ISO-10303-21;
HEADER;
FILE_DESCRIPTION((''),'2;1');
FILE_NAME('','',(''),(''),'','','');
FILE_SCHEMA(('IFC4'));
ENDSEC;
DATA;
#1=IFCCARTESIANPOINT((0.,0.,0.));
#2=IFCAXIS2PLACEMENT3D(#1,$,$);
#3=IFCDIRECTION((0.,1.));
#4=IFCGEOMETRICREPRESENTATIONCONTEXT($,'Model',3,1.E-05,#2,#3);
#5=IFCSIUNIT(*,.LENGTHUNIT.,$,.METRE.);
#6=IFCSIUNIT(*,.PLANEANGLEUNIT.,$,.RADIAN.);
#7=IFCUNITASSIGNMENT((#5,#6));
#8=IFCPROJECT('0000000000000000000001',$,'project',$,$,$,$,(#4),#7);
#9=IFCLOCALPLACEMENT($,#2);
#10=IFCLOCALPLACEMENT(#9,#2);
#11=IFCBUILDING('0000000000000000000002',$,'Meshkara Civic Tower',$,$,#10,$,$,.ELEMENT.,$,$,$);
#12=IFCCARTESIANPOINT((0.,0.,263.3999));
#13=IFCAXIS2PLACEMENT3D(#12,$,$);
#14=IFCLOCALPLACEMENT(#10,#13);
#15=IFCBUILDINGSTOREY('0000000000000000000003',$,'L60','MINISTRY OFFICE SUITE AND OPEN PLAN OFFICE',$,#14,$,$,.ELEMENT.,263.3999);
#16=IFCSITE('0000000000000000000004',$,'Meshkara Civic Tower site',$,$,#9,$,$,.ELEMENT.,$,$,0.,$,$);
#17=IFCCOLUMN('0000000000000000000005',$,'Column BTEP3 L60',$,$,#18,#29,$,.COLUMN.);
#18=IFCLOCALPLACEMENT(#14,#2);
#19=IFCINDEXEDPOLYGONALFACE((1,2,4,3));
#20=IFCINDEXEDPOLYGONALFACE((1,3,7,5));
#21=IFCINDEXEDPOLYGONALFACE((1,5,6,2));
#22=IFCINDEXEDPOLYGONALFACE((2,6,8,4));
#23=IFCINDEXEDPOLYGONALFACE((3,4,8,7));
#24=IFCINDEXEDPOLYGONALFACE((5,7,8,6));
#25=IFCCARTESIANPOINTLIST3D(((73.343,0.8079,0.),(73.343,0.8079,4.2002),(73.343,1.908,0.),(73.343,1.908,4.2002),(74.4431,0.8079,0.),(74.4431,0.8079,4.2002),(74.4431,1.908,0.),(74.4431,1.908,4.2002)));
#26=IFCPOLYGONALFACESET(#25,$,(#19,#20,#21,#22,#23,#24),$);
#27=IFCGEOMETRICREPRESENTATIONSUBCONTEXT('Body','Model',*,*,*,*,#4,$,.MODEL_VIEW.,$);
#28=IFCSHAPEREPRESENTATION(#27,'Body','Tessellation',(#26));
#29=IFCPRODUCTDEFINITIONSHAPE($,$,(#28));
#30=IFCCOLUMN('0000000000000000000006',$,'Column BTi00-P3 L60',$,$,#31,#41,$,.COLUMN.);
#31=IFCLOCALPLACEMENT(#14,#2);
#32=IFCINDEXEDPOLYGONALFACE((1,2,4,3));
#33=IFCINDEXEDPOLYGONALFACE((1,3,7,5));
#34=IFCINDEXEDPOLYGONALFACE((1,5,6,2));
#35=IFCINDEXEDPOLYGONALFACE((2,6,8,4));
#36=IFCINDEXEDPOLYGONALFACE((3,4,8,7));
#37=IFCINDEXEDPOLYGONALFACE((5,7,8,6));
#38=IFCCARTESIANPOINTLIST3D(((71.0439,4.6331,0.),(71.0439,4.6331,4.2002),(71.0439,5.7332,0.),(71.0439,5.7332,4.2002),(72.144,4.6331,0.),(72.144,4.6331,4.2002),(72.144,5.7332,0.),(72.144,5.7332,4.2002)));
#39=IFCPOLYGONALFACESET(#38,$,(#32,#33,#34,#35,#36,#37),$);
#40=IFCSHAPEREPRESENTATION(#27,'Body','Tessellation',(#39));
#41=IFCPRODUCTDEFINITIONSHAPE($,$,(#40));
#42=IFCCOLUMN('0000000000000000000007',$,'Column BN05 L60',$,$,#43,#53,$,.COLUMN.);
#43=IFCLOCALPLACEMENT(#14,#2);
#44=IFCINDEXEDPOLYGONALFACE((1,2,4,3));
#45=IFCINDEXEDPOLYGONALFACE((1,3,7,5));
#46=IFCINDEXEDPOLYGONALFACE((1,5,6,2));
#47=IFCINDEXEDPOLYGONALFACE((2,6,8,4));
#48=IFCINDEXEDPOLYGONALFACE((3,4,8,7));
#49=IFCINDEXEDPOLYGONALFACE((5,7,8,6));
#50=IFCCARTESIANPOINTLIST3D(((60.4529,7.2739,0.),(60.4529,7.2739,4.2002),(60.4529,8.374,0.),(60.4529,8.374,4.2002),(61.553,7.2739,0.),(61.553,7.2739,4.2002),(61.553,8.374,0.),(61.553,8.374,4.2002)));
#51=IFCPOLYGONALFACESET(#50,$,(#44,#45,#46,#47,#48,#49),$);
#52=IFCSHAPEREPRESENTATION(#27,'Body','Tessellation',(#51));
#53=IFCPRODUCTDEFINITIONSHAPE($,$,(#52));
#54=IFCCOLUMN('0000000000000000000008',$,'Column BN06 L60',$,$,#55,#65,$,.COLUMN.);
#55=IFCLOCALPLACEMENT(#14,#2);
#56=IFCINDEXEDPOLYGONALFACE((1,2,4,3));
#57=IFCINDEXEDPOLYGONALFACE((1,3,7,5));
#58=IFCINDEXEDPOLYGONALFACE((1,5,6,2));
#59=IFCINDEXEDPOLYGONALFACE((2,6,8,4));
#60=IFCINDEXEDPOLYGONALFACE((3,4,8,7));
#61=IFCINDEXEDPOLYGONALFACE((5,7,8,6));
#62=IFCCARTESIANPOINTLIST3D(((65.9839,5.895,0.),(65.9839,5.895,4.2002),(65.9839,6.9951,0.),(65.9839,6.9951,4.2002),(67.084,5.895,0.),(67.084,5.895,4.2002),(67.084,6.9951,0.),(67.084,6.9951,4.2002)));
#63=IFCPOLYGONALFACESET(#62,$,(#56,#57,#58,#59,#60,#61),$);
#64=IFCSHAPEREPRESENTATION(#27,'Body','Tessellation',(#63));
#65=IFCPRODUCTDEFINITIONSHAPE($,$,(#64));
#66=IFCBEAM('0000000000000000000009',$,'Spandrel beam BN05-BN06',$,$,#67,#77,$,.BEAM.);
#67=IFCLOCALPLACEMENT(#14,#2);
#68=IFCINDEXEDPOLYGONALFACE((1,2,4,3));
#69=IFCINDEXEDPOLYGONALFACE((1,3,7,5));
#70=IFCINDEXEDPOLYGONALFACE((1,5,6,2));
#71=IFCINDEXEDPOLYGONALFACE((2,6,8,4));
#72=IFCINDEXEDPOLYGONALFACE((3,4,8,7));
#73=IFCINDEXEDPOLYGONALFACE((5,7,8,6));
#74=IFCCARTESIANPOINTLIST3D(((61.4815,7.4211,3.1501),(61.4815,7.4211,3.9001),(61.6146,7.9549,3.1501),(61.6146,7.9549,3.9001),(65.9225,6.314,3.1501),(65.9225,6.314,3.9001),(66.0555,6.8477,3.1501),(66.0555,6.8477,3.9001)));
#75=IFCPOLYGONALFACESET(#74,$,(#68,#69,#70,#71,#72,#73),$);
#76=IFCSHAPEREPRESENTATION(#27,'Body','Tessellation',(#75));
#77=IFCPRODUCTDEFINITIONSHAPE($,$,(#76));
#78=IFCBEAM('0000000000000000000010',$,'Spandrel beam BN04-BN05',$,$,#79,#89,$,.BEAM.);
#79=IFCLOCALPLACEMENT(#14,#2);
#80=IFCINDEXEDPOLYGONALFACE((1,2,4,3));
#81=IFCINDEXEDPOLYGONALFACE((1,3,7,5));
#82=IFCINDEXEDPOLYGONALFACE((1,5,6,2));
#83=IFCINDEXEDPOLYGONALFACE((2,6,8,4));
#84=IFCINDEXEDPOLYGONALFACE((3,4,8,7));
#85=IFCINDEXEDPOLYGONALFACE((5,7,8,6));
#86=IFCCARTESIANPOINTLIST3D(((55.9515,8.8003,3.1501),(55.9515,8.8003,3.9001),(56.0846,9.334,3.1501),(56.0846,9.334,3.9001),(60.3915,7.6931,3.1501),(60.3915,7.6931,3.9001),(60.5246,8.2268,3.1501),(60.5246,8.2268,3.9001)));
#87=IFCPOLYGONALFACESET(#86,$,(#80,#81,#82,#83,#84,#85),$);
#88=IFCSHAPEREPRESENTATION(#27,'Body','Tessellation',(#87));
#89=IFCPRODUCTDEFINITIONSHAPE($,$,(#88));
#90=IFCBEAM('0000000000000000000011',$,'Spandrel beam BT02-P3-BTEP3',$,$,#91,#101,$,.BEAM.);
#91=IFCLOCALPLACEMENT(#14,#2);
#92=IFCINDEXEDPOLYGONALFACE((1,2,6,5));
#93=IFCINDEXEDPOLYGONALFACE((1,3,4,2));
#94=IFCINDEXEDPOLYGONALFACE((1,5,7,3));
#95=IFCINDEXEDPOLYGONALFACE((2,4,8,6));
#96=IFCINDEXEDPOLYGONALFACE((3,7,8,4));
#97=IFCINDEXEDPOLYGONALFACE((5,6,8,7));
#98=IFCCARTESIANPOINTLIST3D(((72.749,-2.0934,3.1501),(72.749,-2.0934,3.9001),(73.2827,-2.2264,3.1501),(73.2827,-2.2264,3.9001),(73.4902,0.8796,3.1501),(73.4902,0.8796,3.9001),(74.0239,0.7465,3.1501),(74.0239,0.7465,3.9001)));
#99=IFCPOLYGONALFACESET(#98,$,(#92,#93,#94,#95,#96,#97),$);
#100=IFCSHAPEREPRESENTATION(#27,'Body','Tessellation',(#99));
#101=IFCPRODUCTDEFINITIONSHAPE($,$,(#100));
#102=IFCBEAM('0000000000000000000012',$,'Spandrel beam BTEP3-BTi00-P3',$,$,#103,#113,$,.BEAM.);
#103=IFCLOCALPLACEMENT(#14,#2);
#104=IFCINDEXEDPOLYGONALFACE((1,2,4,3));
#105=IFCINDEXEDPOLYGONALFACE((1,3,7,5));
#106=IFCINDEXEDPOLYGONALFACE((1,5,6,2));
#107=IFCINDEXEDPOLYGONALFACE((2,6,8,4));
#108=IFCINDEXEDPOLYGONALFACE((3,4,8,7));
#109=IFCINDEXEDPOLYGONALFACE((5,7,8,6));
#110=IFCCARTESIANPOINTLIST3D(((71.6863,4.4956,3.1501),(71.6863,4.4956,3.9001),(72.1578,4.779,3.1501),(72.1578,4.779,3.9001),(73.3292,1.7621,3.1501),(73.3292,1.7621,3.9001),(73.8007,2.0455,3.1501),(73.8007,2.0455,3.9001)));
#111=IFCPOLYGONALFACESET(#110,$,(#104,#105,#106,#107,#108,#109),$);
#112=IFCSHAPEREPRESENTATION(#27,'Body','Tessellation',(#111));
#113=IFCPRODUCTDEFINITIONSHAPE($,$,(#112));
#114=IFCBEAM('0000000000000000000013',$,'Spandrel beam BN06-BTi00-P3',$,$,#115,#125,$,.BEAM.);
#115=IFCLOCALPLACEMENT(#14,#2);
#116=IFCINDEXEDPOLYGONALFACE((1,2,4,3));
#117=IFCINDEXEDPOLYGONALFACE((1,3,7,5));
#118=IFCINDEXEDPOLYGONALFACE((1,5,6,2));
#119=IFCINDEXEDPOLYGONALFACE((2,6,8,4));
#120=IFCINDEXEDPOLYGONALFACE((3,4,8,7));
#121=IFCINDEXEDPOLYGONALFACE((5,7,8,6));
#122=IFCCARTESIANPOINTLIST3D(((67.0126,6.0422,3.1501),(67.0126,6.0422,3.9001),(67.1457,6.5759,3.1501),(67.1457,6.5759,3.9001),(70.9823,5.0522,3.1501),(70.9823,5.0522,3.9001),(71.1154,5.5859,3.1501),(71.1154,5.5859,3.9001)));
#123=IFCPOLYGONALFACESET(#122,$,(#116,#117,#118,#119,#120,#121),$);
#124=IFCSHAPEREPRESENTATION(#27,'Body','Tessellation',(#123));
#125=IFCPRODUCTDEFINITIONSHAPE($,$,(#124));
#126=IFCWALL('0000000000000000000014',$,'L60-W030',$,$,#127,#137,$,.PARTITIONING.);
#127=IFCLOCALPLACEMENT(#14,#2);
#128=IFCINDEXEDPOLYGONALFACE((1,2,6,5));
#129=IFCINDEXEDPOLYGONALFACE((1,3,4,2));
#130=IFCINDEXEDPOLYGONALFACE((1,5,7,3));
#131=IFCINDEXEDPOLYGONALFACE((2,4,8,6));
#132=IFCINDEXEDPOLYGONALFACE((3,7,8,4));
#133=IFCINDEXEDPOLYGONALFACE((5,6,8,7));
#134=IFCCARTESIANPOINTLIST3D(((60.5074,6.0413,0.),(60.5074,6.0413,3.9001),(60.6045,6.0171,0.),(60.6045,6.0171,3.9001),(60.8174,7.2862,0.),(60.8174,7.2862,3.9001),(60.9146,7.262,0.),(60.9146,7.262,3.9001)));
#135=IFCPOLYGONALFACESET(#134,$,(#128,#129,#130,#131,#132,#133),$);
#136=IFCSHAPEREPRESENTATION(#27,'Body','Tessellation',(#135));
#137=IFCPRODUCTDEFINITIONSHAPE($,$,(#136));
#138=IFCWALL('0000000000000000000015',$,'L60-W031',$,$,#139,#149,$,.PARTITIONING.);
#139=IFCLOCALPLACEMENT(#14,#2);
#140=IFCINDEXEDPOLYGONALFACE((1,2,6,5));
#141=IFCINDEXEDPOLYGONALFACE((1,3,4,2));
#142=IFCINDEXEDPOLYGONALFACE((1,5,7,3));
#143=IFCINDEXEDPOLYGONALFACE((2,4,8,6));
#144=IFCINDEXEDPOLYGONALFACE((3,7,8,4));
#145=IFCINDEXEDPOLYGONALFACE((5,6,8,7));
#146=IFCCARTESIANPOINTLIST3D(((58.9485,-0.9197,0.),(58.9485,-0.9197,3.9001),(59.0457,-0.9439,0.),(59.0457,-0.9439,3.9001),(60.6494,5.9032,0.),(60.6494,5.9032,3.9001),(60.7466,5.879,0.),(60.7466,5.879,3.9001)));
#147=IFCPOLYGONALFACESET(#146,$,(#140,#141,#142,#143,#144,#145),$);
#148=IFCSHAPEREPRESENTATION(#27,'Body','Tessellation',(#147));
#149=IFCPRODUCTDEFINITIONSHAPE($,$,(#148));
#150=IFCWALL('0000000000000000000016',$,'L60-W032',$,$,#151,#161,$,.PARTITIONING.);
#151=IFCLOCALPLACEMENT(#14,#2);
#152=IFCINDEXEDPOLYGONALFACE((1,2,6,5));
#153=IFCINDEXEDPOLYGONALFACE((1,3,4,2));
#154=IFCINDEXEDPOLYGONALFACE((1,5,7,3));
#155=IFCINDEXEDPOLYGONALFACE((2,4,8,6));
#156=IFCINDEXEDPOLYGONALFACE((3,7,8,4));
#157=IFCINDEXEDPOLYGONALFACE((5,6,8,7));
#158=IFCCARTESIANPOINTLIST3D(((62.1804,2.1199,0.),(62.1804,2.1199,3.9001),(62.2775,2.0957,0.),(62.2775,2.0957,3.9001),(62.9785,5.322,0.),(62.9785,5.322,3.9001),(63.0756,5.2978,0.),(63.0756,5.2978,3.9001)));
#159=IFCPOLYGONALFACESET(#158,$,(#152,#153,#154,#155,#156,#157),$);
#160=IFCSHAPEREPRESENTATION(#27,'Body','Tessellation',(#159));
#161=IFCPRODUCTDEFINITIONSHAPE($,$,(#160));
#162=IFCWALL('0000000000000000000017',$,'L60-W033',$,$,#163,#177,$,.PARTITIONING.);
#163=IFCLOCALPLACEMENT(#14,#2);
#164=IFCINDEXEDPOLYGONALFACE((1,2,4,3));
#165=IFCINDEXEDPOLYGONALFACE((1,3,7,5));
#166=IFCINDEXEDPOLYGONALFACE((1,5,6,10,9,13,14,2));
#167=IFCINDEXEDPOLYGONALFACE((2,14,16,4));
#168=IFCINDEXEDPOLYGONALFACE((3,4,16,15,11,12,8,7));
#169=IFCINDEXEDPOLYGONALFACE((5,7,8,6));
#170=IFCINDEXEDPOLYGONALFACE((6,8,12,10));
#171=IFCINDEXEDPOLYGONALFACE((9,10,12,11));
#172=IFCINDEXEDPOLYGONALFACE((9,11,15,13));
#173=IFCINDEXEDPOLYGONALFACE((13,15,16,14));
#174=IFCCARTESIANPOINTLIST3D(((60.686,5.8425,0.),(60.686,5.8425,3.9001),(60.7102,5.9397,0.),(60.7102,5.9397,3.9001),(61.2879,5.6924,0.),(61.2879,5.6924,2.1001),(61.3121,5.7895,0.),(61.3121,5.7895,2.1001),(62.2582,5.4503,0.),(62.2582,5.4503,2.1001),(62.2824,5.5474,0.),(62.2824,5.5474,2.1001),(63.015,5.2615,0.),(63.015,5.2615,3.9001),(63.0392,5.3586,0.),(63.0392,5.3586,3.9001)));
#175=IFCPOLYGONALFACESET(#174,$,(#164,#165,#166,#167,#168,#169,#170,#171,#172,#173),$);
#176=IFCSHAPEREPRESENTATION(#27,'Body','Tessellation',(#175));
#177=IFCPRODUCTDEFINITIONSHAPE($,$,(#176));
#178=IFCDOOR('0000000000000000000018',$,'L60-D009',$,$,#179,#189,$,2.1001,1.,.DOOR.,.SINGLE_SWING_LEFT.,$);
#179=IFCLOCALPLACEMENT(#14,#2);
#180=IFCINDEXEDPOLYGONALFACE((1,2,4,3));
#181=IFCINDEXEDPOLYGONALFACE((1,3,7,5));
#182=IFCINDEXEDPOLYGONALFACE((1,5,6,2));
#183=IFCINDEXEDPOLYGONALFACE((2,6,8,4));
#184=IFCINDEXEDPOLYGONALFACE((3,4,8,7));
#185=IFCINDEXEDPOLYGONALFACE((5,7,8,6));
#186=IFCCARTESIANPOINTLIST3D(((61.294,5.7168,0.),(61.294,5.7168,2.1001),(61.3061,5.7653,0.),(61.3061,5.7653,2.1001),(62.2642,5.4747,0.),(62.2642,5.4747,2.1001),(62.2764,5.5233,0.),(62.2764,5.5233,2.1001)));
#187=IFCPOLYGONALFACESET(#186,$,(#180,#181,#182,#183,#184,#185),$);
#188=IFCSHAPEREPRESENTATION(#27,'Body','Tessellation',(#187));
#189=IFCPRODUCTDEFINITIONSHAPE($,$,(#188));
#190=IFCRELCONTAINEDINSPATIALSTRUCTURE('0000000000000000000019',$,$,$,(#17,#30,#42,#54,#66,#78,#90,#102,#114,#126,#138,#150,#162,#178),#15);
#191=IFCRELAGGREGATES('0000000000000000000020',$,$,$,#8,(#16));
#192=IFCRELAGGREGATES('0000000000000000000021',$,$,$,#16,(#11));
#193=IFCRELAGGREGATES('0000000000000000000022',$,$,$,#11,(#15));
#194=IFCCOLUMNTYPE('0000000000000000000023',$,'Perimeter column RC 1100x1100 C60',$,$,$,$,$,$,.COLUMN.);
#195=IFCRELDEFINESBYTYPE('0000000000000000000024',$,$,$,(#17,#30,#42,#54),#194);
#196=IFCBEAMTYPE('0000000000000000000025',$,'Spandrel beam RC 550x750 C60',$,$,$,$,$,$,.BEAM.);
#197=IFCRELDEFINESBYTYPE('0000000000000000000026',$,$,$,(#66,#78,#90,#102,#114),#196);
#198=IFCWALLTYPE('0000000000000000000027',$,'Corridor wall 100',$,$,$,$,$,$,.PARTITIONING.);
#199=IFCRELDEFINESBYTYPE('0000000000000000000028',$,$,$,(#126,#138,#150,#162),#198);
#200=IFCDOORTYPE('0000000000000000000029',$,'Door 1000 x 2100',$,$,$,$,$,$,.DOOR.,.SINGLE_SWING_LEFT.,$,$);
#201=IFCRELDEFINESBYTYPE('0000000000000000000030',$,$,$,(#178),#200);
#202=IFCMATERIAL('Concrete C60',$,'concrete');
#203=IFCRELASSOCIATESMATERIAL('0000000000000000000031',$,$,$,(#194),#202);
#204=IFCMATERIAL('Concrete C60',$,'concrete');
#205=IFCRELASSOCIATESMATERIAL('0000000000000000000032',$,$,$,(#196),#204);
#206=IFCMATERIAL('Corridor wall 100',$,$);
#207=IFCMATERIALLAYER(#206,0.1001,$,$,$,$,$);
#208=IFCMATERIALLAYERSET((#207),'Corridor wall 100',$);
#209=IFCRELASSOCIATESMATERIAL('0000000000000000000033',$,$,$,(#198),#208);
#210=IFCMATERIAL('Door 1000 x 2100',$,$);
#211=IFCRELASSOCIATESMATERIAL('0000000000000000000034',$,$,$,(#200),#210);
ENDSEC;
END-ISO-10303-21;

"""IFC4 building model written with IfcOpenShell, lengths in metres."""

from ifc_helpers import new_model, si_unit, direction, frame, frame_2d, origin, origin_2d, place, context, subcontext, project, spatial, rectangle, extrude, material, layer, layer_set, material_profile, profile_set, type_object, element, fill, save


model = new_model("IFC4")

# Units and contexts
model_context = context("Model", 3, precision=1e-05, world=origin(), true_north=direction((0.0, 1.0)))
body_context = subcontext(model_context, "Body", "Model", "MODEL_VIEW")
ifc_project = project(units=[si_unit("LENGTHUNIT", "METRE"), si_unit("PLANEANGLEUNIT", "RADIAN")], contexts=[model_context])

# Site, building, storey
site_placement = place(None, origin())
site = spatial("IfcSite", under=ifc_project, at=site_placement, Name="Meshkara Civic Tower site", CompositionType="ELEMENT", RefElevation=0.0)
building_placement = place(site_placement, origin())
building = spatial("IfcBuilding", under=site, at=building_placement, Name="Meshkara Civic Tower", CompositionType="ELEMENT")
storey_placement = place(building_placement, frame((0.0, 0.0, 263.3999)))
storey = spatial("IfcBuildingStorey", under=building, at=storey_placement, Name="L60", Description="MINISTRY OFFICE SUITE AND OPEN PLAN OFFICE", CompositionType="ELEMENT", Elevation=263.3999)

# Columns
ifc_material_1 = material(Name="Concrete C60", Category="concrete")
ifc_material_profile_1 = material_profile(ifc_material_1, rectangle(XDim=1.1001, YDim=1.1001, at=origin_2d()))
ifc_profile_set_1 = profile_set([ifc_material_profile_1], Name="Concrete C60")
column_type = type_object("IfcColumnType", Name="Perimeter column RC 1100x1100 C60", PredefinedType="COLUMN", material=ifc_profile_set_1)
for number, where, z_axis, x_axis, name in (
    (1, (73.8931, 1.3579, 0.0), (0.0, 0.0, 1.0), (1.0, 0.0, 0.0), "Column BTEP3 L60"),
    (2, (71.594, 5.1831, 0.0), (0.0, 0.0, 1.0), (1.0, 0.0, 0.0), "Column BTi00-P3 L60"),
    (3, (61.0029, 7.824, 0.0), (0.0, 0.0, 1.0), (1.0, 0.0, 0.0), "Column BN05 L60"),
    (4, (66.5339, 6.4451, 0.0), (0.0, 0.0, 1.0), (1.0, 0.0, 0.0), "Column BN06 L60"),
):
    element("IfcColumn", number, at=place(storey_placement, frame(where, z_axis=z_axis, x_axis=x_axis)), inside=storey, type_object=column_type, Name=name, PredefinedType="COLUMN", context=body_context, shape_type="SweptSolid", body=[
        extrude(rectangle(XDim=1.1001, YDim=1.1001, at=origin_2d()), origin(), (0.0, 0.0, 1.0), 4.2002),
    ])

# Beams
ifc_material_2 = material(Name="Concrete C60", Category="concrete")
ifc_material_profile_2 = material_profile(ifc_material_2, rectangle(XDim=0.55, YDim=0.75, at=origin_2d()))
ifc_profile_set_2 = profile_set([ifc_material_profile_2], Name="Concrete C60")
beam_type = type_object("IfcBeamType", Name="Spandrel beam RC 550x750 C60", PredefinedType="BEAM", material=ifc_profile_set_2)
beam_1_placement = place(storey_placement, frame((65.989, 6.5808, 3.5251), z_axis=(-0.970299, 0.241908, 0.0), x_axis=(-0.241908, -0.970299, 0.0)))
element("IfcBeam", 5, at=beam_1_placement, inside=storey, type_object=beam_type, Name="Spandrel beam BN05-BN06", PredefinedType="BEAM", context=body_context, shape_type="SweptSolid", body=[
    extrude(rectangle(XDim=0.55, YDim=0.75, at=origin_2d()), origin(), (0.0, 0.0, 1.0), 4.5769),
])
beam_2_placement = place(storey_placement, frame((60.458, 7.96, 3.5251), z_axis=(-0.970287, 0.241958, 0.0), x_axis=(-0.241958, -0.970287, 0.0)))
element("IfcBeam", 6, at=beam_2_placement, inside=storey, type_object=beam_type, Name="Spandrel beam BN04-BN05", PredefinedType="BEAM", context=body_context, shape_type="SweptSolid", body=[
    extrude(rectangle(XDim=0.55, YDim=0.75, at=origin_2d()), origin(), (0.0, 0.0, 1.0), 4.5759),
])
beam_3_placement = place(storey_placement, frame((73.0159, -2.1599, 3.5251), z_axis=(0.241917, 0.970297, 0.0), x_axis=(-0.970297, 0.241917, 0.0)))
element("IfcBeam", 7, at=beam_3_placement, inside=storey, type_object=beam_type, Name="Spandrel beam BT02-P3-BTEP3", PredefinedType="BEAM", context=body_context, shape_type="SweptSolid", body=[
    extrude(rectangle(XDim=0.55, YDim=0.75, at=origin_2d()), origin(), (0.0, 0.0, 1.0), 3.064),
])
beam_4_placement = place(storey_placement, frame((73.5649, 1.9038, 3.5251), z_axis=(-0.515137, 0.857108, 0.0), x_axis=(-0.857108, -0.515137, 0.0)))
element("IfcBeam", 8, at=beam_4_placement, inside=storey, type_object=beam_type, Name="Spandrel beam BTEP3-BTi00-P3", PredefinedType="BEAM", context=body_context, shape_type="SweptSolid", body=[
    extrude(rectangle(XDim=0.55, YDim=0.75, at=origin_2d()), origin(), (0.0, 0.0, 1.0), 3.1892),
])
beam_5_placement = place(storey_placement, frame((71.0488, 5.3191, 3.5251), z_axis=(-0.970283, 0.241974, 0.0), x_axis=(-0.241974, -0.970283, 0.0)))
element("IfcBeam", 9, at=beam_5_placement, inside=storey, type_object=beam_type, Name="Spandrel beam BN06-BTi00-P3", PredefinedType="BEAM", context=body_context, shape_type="SweptSolid", body=[
    extrude(rectangle(XDim=0.55, YDim=0.75, at=origin_2d()), origin(), (0.0, 0.0, 1.0), 4.0913),
])

# Walls
ifc_material_3 = material(Name="Corridor wall 100")
ifc_layer_1 = layer(ifc_material_3, 0.1001)
ifc_layer_set_1 = layer_set([ifc_layer_1], Name="Corridor wall 100")
wall_type_1 = type_object("IfcWallType", Name="Corridor wall 100", PredefinedType="PARTITIONING", material=ifc_layer_set_1)
wall_1_placement = place(storey_placement, frame((60.5559, 6.0291, 0.0), z_axis=(0.0, 0.0, 1.0), x_axis=(0.241685, 0.970355, 0.0)))
element("IfcWall", 10, at=wall_1_placement, inside=storey, type_object=wall_type_1, Name="L60-W030", PredefinedType="PARTITIONING", context=body_context, shape_type="SweptSolid", body=[
    extrude(rectangle(XDim=1.283, YDim=0.1001, at=frame_2d((0.6416, 0.0))), origin(), (0.0, 0.0, 1.0), 3.9001),
])
wall_2_placement = place(storey_placement, frame((60.698, 5.8911, 0.0), z_axis=(0.0, 0.0, 1.0), x_axis=(-0.24189, -0.970304, 0.0)))
element("IfcWall", 11, at=wall_2_placement, inside=storey, type_object=wall_type_1, Name="L60-W031", PredefinedType="PARTITIONING", context=body_context, shape_type="SweptSolid", body=[
    extrude(rectangle(XDim=7.0317, YDim=0.1001, at=frame_2d((3.5159, 0.0))), origin(), (0.0, 0.0, 1.0), 3.9001),
])
wall_3_placement = place(storey_placement, frame((62.229, 2.1079, 0.0), z_axis=(0.0, 0.0, 1.0), x_axis=(0.241839, 0.970316, 0.0)))
element("IfcWall", 12, at=wall_3_placement, inside=storey, type_object=wall_type_1, Name="L60-W032", PredefinedType="PARTITIONING", context=body_context, shape_type="SweptSolid", body=[
    extrude(rectangle(XDim=3.3, YDim=0.1001, at=frame_2d((1.6499, 0.0))), origin(), (0.0, 0.0, 1.0), 3.9001),
])

# Wall, opening, door
wall_4_placement = place(storey_placement, frame((63.0271, 5.3101, 0.0), z_axis=(0.0, 0.0, 1.0), x_axis=(-0.970262, 0.242057, 0.0)))
wall_4 = element("IfcWall", 13, at=wall_4_placement, inside=storey, type_object=wall_type_1, Name="L60-W033", PredefinedType="PARTITIONING", context=body_context, shape_type="SweptSolid", body=[
    extrude(rectangle(XDim=2.4004, YDim=0.1001, at=frame_2d((1.2002, 0.0))), origin(), (0.0, 0.0, 1.0), 3.9001),
])
opening_1_placement = place(wall_4_placement, frame((0.78, 0.0, 0.0)))
opening_1 = element("IfcOpeningElement", 14, at=opening_1_placement, cuts=wall_4, PredefinedType="OPENING", context=body_context, shape_type="SweptSolid", body=[
    extrude(rectangle(XDim=1.0, YDim=2.1001, at=frame_2d((0.5, 1.05))), frame((0.0, 0.0601, 0.0), z_axis=(0.0, -1.0, 0.0), x_axis=(1.0, 0.0, 0.0)), (0.0, 0.0, 1.0), 0.1201),
])
ifc_material_4 = material(Name="Door 1000 x 2100")
door_type = type_object("IfcDoorType", Name="Door 1000 x 2100", OperationType="SINGLE_SWING_LEFT", PredefinedType="DOOR", material=ifc_material_4)
door_placement = place(opening_1_placement, origin())
door = element("IfcDoor", 15, at=door_placement, inside=storey, type_object=door_type, Name="L60-D009", OperationType="SINGLE_SWING_LEFT", OverallHeight=2.1001, OverallWidth=1.0, PredefinedType="DOOR", context=body_context, shape_type="SweptSolid", body=[
    extrude(rectangle(XDim=1.0, YDim=2.1001, at=frame_2d((0.5, 1.05))), frame((0.0, 0.0249, 0.0), z_axis=(0.0, -1.0, 0.0), x_axis=(1.0, 0.0, 0.0)), (0.0, 0.0, 1.0), 0.05),
])
fill(opening_1, door)

save(model, "model.ifc")
